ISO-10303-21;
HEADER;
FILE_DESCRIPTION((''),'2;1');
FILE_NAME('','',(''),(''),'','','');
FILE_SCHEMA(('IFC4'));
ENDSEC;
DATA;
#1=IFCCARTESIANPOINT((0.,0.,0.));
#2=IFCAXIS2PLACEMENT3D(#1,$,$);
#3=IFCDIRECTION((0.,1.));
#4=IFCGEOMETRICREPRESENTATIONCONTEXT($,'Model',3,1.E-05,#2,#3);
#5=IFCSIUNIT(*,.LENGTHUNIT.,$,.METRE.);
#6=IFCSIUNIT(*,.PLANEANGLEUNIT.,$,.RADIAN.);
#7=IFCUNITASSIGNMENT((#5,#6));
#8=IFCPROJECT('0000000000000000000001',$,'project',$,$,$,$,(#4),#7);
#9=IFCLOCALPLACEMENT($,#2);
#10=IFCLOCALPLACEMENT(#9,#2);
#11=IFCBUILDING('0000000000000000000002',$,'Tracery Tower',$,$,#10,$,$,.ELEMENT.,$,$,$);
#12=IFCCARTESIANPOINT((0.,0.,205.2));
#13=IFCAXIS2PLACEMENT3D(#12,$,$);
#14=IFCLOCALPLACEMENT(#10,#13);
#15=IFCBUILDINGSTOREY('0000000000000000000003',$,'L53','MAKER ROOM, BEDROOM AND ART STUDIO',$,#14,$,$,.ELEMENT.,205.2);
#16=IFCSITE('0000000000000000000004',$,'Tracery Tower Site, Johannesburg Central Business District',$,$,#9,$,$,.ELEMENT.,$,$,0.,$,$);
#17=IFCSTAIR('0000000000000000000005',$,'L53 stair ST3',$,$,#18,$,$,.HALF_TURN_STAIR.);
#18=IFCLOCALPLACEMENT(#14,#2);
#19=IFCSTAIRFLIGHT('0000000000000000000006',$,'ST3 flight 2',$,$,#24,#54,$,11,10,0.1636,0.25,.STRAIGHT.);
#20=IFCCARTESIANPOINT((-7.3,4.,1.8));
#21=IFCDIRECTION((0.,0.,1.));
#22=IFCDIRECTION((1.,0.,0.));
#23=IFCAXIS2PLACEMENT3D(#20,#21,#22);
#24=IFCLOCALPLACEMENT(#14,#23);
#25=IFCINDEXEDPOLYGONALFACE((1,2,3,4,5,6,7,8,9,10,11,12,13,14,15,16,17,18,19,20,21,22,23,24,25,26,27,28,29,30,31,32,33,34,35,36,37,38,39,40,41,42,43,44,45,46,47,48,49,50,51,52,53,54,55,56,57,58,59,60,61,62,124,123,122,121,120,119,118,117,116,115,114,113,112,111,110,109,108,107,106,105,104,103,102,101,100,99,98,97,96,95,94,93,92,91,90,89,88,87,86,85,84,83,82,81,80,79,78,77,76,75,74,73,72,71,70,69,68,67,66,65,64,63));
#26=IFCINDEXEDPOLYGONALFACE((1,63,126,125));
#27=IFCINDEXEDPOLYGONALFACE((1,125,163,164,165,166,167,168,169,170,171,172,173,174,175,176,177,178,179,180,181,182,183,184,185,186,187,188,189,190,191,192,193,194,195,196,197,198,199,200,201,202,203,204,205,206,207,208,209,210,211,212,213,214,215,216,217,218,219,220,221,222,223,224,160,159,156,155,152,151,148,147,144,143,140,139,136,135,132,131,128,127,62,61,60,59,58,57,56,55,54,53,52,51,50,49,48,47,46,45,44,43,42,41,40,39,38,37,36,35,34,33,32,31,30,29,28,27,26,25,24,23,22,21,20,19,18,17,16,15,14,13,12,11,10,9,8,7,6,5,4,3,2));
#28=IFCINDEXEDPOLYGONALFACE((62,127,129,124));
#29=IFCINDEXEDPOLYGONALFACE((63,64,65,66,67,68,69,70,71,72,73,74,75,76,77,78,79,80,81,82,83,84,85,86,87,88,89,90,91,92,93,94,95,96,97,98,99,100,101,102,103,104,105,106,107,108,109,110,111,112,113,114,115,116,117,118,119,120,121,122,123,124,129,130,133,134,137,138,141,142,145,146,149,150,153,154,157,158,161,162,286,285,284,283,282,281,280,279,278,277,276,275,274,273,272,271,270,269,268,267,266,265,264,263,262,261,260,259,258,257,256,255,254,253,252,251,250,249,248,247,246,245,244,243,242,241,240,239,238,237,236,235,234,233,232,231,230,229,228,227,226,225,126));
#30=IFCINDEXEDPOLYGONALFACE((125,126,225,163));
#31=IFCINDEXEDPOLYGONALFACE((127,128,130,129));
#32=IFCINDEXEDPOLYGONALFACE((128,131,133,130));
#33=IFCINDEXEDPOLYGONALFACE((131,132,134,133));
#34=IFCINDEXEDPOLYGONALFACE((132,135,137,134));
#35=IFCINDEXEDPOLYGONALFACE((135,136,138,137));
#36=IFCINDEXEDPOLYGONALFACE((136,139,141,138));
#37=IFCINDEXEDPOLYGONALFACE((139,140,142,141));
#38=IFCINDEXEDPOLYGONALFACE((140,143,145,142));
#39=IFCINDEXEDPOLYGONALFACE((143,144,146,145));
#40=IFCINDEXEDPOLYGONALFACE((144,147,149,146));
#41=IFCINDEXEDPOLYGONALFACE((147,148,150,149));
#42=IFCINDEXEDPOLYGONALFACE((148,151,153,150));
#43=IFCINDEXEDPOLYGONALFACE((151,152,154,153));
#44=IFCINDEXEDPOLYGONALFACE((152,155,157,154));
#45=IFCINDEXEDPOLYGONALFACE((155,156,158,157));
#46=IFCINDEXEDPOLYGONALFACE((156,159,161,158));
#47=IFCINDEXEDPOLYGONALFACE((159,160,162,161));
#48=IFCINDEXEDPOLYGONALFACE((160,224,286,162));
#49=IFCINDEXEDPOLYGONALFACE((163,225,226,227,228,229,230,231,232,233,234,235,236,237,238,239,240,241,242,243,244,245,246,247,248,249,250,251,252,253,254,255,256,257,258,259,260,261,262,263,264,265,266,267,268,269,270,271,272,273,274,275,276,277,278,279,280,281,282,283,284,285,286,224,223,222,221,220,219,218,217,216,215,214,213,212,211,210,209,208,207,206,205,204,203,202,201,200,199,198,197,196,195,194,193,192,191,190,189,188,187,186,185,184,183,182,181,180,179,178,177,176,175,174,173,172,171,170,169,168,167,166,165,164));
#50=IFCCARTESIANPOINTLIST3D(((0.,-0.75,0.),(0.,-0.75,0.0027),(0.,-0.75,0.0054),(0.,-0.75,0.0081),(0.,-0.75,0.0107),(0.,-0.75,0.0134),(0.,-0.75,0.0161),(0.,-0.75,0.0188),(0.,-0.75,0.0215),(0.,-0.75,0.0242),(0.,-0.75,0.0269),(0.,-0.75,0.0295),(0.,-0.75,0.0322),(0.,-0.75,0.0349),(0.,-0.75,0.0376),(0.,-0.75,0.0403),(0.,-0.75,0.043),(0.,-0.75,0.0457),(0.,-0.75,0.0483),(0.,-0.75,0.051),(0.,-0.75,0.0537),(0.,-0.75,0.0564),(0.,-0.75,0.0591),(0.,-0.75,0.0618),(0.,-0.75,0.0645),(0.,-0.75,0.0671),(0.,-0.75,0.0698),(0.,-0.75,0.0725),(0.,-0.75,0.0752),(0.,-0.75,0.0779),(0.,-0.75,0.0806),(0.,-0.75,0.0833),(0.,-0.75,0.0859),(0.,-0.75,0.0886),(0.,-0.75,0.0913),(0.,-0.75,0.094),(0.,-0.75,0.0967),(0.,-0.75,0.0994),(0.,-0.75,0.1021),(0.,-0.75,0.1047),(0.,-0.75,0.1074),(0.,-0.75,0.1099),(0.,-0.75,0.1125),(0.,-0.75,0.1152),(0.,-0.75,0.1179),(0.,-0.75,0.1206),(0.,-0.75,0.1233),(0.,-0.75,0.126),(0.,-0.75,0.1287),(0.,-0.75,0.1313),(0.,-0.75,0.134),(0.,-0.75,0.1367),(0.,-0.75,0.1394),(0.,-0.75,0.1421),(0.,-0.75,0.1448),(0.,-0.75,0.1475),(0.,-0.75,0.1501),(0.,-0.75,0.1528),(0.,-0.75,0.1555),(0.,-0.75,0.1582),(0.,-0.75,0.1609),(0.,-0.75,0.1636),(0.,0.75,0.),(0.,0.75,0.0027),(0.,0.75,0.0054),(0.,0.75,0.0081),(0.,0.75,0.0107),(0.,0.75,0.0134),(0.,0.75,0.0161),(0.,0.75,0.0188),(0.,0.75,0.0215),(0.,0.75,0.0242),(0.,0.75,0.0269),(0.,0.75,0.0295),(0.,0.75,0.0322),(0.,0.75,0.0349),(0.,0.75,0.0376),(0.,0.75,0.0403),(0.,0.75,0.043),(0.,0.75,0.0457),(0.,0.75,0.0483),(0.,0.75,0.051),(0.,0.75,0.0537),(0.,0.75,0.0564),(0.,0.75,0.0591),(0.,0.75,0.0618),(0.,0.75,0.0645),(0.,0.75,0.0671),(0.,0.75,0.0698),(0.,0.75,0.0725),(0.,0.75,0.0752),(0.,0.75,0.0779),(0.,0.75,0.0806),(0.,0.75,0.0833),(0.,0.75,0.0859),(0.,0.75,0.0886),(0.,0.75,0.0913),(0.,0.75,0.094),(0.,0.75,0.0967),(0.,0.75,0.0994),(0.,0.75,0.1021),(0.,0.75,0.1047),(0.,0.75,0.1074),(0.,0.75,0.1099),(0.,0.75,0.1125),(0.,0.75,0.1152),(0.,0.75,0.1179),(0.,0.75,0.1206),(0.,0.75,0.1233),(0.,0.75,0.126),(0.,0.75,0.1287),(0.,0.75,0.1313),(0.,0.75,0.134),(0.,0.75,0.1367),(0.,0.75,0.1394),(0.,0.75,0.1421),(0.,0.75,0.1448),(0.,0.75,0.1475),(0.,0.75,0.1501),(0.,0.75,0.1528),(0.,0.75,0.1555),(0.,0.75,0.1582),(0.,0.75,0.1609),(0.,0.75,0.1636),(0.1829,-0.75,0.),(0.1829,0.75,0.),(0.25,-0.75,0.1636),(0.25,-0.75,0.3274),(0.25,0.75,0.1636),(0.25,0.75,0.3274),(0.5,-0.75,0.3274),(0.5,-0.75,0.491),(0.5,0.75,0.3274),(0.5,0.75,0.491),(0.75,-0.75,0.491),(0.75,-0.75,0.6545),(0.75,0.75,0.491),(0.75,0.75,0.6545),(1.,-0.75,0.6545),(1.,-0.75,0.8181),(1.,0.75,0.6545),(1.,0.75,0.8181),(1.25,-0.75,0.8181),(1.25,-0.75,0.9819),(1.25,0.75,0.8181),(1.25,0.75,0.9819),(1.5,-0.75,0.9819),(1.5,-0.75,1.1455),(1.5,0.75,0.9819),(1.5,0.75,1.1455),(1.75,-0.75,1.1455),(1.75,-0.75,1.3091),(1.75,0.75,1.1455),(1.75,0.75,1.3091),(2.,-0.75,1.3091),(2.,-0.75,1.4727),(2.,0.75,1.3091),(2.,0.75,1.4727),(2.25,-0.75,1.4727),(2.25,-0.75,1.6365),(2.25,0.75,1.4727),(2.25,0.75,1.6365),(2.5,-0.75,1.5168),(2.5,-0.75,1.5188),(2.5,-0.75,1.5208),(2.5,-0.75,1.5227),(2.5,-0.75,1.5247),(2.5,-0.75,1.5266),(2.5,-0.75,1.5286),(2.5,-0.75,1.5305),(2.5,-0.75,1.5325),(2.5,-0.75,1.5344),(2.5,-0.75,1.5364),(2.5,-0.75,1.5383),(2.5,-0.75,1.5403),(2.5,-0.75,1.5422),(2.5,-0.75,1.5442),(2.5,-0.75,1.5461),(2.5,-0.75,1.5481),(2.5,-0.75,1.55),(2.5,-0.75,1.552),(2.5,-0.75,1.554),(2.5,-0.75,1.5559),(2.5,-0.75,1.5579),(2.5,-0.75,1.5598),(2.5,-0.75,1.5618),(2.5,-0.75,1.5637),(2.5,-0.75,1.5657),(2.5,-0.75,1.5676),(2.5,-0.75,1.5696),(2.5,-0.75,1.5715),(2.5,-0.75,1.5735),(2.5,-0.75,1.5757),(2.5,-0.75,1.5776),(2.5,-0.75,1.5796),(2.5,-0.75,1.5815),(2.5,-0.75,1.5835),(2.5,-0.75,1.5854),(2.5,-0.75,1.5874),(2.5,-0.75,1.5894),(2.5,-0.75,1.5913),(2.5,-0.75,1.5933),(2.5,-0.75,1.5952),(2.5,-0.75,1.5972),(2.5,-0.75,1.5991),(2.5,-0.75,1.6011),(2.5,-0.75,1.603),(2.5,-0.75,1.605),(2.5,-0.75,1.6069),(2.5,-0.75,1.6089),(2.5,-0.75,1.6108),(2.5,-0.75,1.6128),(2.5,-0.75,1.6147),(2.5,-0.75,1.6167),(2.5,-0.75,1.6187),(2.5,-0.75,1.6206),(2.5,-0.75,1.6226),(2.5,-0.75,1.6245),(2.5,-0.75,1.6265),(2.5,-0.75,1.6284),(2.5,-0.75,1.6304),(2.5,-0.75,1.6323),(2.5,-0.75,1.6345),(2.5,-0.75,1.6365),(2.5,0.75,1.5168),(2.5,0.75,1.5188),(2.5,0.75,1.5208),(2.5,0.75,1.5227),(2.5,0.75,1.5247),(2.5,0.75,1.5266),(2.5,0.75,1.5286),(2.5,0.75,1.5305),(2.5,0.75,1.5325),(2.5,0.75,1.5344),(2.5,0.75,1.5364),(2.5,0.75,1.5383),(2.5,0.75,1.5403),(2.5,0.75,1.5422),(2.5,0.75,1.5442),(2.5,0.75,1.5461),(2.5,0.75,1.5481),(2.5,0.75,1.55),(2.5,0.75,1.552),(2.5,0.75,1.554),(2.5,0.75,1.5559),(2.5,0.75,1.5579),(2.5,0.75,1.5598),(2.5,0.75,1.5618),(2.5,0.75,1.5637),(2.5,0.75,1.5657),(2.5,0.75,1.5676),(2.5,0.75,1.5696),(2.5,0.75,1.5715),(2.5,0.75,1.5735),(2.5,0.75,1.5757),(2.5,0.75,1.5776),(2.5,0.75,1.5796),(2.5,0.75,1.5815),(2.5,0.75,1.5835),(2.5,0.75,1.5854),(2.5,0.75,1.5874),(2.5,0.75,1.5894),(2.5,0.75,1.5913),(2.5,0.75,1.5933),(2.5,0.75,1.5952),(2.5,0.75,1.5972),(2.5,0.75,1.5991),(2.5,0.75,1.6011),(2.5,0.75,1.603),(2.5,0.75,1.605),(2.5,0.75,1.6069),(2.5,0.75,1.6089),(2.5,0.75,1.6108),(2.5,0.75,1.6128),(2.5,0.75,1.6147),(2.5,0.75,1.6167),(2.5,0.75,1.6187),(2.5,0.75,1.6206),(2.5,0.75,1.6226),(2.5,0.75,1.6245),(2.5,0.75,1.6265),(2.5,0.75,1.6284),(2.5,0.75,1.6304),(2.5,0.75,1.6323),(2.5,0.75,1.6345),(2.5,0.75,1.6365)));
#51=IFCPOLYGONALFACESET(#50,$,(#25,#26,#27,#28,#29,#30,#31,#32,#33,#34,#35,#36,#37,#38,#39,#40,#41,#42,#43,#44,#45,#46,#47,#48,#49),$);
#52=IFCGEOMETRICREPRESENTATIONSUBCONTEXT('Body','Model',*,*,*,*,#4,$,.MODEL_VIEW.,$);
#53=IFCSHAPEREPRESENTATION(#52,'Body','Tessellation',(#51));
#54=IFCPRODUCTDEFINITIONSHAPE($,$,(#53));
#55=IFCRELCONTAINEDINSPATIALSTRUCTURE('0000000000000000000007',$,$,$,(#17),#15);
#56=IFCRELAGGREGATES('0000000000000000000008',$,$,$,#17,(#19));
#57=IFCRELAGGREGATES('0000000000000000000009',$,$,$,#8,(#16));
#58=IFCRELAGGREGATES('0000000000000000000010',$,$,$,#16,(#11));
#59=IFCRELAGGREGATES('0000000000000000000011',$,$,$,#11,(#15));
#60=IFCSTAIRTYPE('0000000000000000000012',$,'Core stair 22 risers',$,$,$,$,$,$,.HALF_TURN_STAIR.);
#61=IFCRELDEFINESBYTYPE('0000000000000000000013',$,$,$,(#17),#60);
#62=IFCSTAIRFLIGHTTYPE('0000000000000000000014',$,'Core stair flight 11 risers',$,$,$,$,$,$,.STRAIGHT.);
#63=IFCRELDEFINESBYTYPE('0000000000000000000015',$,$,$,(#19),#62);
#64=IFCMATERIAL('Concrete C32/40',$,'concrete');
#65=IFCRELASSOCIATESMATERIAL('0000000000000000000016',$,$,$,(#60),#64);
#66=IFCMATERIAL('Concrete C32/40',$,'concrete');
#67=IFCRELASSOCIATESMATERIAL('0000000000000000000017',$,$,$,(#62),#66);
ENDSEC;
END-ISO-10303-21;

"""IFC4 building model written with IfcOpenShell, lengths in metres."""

from ifc_helpers import new_model, si_unit, direction, frame, origin, place, context, subcontext, project, spatial, polyline, outline, extrude, material, type_object, element, aggregate, save


model = new_model("IFC4")

# Units and contexts
model_context = context("Model", 3, precision=1e-05, world=origin(), true_north=direction((0.0, 1.0)))
body_context = subcontext(model_context, "Body", "Model", "MODEL_VIEW")
ifc_project = project(units=[si_unit("LENGTHUNIT", "METRE"), si_unit("PLANEANGLEUNIT", "RADIAN")], contexts=[model_context])

# Site, building, storey
site_placement = place(None, origin())
site = spatial("IfcSite", under=ifc_project, at=site_placement, Name="Tracery Tower Site, Johannesburg Central Business District", CompositionType="ELEMENT", RefElevation=0.0)
building_placement = place(site_placement, origin())
building = spatial("IfcBuilding", under=site, at=building_placement, Name="Tracery Tower", CompositionType="ELEMENT")
storey_placement = place(building_placement, frame((0.0, 0.0, 205.2)))
storey = spatial("IfcBuildingStorey", under=building, at=storey_placement, Name="L53", Description="MAKER ROOM, BEDROOM AND ART STUDIO", CompositionType="ELEMENT", Elevation=205.2)

# Stair, stair flight
ifc_material_1 = material(Name="Concrete C32/40", Category="concrete")
stair_type = type_object("IfcStairType", Name="Core stair 22 risers", PredefinedType="HALF_TURN_STAIR", material=ifc_material_1)
stair_placement = place(storey_placement, origin())
stair = element("IfcStair", 1, at=stair_placement, inside=storey, type_object=stair_type, Name="L53 stair ST3", PredefinedType="HALF_TURN_STAIR")
ifc_material_2 = material(Name="Concrete C32/40", Category="concrete")
stair_flight_type = type_object("IfcStairFlightType", Name="Core stair flight 11 risers", PredefinedType="STRAIGHT", material=ifc_material_2)
stair_flight_1_placement = place(storey_placement, frame((-7.3, 4.0, 1.8), z_axis=(0.0, 0.0, 1.0), x_axis=(1.0, 0.0, 0.0)))
stair_flight_1 = element("IfcStairFlight", 2, at=stair_flight_1_placement, type_object=stair_flight_type, Name="ST3 flight 2", NumberOfRisers=11, NumberOfTreads=10, PredefinedType="STRAIGHT", RiserHeight=0.1636, TreadLength=0.25, context=body_context, shape_type="SweptSolid", body=[
    extrude(outline(polyline([(0.0, 0.0), (0.0, 0.0027), (0.0, 0.0054), (0.0, 0.0081), (0.0, 0.0107), (0.0, 0.0134), (0.0, 0.0161), (0.0, 0.0188), (0.0, 0.0215), (0.0, 0.0242), (0.0, 0.0269), (0.0, 0.0295), (0.0, 0.0322), (0.0, 0.0349), (0.0, 0.0376), (0.0, 0.0403), (0.0, 0.043), (0.0, 0.0457), (0.0, 0.0483), (0.0, 0.051), (0.0, 0.0537), (0.0, 0.0564), (0.0, 0.0591), (0.0, 0.0618), (0.0, 0.0645), (0.0, 0.0671), (0.0, 0.0698), (0.0, 0.0725), (0.0, 0.0752), (0.0, 0.0779), (0.0, 0.0806), (0.0, 0.0833), (0.0, 0.0859), (0.0, 0.0886), (0.0, 0.0913), (0.0, 0.094), (0.0, 0.0967), (0.0, 0.0994), (0.0, 0.1021), (0.0, 0.1047), (0.0, 0.1074), (0.0, 0.1099), (0.0, 0.1125), (0.0, 0.1152), (0.0, 0.1179), (0.0, 0.1206), (0.0, 0.1233), (0.0, 0.126), (0.0, 0.1287), (0.0, 0.1313), (0.0, 0.134), (0.0, 0.1367), (0.0, 0.1394), (0.0, 0.1421), (0.0, 0.1448), (0.0, 0.1475), (0.0, 0.1501), (0.0, 0.1528), (0.0, 0.1555), (0.0, 0.1582), (0.0, 0.1609), (0.0, 0.1636), (0.25, 0.1636), (0.25, 0.3274), (0.5, 0.3274), (0.5, 0.491), (0.75, 0.491), (0.75, 0.6545), (1.0, 0.6545), (1.0, 0.8181), (1.25, 0.8181), (1.25, 0.9819), (1.5, 0.9819), (1.5, 1.1455), (1.75, 1.1455), (1.75, 1.3091), (2.0, 1.3091), (2.0, 1.4727), (2.25, 1.4727), (2.25, 1.6365), (2.5, 1.6365), (2.5, 1.6345), (2.5, 1.6323), (2.5, 1.6304), (2.5, 1.6284), (2.5, 1.6265), (2.5, 1.6245), (2.5, 1.6226), (2.5, 1.6206), (2.5, 1.6187), (2.5, 1.6167), (2.5, 1.6147), (2.5, 1.6128), (2.5, 1.6108), (2.5, 1.6089), (2.5, 1.6069), (2.5, 1.605), (2.5, 1.603), (2.5, 1.6011), (2.5, 1.5991), (2.5, 1.5972), (2.5, 1.5952), (2.5, 1.5933), (2.5, 1.5913), (2.5, 1.5894), (2.5, 1.5874), (2.5, 1.5854), (2.5, 1.5835), (2.5, 1.5815), (2.5, 1.5796), (2.5, 1.5776), (2.5, 1.5757), (2.5, 1.5735), (2.5, 1.5715), (2.5, 1.5696), (2.5, 1.5676), (2.5, 1.5657), (2.5, 1.5637), (2.5, 1.5618), (2.5, 1.5598), (2.5, 1.5579), (2.5, 1.5559), (2.5, 1.554), (2.5, 1.552), (2.5, 1.55), (2.5, 1.5481), (2.5, 1.5461), (2.5, 1.5442), (2.5, 1.5422), (2.5, 1.5403), (2.5, 1.5383), (2.5, 1.5364), (2.5, 1.5344), (2.5, 1.5325), (2.5, 1.5305), (2.5, 1.5286), (2.5, 1.5266), (2.5, 1.5247), (2.5, 1.5227), (2.5, 1.5208), (2.5, 1.5188), (2.5, 1.5168), (0.1829, 0.0), (0.0, 0.0)])), frame((0.0, 0.75, 0.0), z_axis=(0.0, -1.0, 0.0), x_axis=(1.0, 0.0, 0.0)), (0.0, 0.0, 1.0), 1.5),
])
aggregate(stair, [stair_flight_1])

save(model, "model.ifc")
